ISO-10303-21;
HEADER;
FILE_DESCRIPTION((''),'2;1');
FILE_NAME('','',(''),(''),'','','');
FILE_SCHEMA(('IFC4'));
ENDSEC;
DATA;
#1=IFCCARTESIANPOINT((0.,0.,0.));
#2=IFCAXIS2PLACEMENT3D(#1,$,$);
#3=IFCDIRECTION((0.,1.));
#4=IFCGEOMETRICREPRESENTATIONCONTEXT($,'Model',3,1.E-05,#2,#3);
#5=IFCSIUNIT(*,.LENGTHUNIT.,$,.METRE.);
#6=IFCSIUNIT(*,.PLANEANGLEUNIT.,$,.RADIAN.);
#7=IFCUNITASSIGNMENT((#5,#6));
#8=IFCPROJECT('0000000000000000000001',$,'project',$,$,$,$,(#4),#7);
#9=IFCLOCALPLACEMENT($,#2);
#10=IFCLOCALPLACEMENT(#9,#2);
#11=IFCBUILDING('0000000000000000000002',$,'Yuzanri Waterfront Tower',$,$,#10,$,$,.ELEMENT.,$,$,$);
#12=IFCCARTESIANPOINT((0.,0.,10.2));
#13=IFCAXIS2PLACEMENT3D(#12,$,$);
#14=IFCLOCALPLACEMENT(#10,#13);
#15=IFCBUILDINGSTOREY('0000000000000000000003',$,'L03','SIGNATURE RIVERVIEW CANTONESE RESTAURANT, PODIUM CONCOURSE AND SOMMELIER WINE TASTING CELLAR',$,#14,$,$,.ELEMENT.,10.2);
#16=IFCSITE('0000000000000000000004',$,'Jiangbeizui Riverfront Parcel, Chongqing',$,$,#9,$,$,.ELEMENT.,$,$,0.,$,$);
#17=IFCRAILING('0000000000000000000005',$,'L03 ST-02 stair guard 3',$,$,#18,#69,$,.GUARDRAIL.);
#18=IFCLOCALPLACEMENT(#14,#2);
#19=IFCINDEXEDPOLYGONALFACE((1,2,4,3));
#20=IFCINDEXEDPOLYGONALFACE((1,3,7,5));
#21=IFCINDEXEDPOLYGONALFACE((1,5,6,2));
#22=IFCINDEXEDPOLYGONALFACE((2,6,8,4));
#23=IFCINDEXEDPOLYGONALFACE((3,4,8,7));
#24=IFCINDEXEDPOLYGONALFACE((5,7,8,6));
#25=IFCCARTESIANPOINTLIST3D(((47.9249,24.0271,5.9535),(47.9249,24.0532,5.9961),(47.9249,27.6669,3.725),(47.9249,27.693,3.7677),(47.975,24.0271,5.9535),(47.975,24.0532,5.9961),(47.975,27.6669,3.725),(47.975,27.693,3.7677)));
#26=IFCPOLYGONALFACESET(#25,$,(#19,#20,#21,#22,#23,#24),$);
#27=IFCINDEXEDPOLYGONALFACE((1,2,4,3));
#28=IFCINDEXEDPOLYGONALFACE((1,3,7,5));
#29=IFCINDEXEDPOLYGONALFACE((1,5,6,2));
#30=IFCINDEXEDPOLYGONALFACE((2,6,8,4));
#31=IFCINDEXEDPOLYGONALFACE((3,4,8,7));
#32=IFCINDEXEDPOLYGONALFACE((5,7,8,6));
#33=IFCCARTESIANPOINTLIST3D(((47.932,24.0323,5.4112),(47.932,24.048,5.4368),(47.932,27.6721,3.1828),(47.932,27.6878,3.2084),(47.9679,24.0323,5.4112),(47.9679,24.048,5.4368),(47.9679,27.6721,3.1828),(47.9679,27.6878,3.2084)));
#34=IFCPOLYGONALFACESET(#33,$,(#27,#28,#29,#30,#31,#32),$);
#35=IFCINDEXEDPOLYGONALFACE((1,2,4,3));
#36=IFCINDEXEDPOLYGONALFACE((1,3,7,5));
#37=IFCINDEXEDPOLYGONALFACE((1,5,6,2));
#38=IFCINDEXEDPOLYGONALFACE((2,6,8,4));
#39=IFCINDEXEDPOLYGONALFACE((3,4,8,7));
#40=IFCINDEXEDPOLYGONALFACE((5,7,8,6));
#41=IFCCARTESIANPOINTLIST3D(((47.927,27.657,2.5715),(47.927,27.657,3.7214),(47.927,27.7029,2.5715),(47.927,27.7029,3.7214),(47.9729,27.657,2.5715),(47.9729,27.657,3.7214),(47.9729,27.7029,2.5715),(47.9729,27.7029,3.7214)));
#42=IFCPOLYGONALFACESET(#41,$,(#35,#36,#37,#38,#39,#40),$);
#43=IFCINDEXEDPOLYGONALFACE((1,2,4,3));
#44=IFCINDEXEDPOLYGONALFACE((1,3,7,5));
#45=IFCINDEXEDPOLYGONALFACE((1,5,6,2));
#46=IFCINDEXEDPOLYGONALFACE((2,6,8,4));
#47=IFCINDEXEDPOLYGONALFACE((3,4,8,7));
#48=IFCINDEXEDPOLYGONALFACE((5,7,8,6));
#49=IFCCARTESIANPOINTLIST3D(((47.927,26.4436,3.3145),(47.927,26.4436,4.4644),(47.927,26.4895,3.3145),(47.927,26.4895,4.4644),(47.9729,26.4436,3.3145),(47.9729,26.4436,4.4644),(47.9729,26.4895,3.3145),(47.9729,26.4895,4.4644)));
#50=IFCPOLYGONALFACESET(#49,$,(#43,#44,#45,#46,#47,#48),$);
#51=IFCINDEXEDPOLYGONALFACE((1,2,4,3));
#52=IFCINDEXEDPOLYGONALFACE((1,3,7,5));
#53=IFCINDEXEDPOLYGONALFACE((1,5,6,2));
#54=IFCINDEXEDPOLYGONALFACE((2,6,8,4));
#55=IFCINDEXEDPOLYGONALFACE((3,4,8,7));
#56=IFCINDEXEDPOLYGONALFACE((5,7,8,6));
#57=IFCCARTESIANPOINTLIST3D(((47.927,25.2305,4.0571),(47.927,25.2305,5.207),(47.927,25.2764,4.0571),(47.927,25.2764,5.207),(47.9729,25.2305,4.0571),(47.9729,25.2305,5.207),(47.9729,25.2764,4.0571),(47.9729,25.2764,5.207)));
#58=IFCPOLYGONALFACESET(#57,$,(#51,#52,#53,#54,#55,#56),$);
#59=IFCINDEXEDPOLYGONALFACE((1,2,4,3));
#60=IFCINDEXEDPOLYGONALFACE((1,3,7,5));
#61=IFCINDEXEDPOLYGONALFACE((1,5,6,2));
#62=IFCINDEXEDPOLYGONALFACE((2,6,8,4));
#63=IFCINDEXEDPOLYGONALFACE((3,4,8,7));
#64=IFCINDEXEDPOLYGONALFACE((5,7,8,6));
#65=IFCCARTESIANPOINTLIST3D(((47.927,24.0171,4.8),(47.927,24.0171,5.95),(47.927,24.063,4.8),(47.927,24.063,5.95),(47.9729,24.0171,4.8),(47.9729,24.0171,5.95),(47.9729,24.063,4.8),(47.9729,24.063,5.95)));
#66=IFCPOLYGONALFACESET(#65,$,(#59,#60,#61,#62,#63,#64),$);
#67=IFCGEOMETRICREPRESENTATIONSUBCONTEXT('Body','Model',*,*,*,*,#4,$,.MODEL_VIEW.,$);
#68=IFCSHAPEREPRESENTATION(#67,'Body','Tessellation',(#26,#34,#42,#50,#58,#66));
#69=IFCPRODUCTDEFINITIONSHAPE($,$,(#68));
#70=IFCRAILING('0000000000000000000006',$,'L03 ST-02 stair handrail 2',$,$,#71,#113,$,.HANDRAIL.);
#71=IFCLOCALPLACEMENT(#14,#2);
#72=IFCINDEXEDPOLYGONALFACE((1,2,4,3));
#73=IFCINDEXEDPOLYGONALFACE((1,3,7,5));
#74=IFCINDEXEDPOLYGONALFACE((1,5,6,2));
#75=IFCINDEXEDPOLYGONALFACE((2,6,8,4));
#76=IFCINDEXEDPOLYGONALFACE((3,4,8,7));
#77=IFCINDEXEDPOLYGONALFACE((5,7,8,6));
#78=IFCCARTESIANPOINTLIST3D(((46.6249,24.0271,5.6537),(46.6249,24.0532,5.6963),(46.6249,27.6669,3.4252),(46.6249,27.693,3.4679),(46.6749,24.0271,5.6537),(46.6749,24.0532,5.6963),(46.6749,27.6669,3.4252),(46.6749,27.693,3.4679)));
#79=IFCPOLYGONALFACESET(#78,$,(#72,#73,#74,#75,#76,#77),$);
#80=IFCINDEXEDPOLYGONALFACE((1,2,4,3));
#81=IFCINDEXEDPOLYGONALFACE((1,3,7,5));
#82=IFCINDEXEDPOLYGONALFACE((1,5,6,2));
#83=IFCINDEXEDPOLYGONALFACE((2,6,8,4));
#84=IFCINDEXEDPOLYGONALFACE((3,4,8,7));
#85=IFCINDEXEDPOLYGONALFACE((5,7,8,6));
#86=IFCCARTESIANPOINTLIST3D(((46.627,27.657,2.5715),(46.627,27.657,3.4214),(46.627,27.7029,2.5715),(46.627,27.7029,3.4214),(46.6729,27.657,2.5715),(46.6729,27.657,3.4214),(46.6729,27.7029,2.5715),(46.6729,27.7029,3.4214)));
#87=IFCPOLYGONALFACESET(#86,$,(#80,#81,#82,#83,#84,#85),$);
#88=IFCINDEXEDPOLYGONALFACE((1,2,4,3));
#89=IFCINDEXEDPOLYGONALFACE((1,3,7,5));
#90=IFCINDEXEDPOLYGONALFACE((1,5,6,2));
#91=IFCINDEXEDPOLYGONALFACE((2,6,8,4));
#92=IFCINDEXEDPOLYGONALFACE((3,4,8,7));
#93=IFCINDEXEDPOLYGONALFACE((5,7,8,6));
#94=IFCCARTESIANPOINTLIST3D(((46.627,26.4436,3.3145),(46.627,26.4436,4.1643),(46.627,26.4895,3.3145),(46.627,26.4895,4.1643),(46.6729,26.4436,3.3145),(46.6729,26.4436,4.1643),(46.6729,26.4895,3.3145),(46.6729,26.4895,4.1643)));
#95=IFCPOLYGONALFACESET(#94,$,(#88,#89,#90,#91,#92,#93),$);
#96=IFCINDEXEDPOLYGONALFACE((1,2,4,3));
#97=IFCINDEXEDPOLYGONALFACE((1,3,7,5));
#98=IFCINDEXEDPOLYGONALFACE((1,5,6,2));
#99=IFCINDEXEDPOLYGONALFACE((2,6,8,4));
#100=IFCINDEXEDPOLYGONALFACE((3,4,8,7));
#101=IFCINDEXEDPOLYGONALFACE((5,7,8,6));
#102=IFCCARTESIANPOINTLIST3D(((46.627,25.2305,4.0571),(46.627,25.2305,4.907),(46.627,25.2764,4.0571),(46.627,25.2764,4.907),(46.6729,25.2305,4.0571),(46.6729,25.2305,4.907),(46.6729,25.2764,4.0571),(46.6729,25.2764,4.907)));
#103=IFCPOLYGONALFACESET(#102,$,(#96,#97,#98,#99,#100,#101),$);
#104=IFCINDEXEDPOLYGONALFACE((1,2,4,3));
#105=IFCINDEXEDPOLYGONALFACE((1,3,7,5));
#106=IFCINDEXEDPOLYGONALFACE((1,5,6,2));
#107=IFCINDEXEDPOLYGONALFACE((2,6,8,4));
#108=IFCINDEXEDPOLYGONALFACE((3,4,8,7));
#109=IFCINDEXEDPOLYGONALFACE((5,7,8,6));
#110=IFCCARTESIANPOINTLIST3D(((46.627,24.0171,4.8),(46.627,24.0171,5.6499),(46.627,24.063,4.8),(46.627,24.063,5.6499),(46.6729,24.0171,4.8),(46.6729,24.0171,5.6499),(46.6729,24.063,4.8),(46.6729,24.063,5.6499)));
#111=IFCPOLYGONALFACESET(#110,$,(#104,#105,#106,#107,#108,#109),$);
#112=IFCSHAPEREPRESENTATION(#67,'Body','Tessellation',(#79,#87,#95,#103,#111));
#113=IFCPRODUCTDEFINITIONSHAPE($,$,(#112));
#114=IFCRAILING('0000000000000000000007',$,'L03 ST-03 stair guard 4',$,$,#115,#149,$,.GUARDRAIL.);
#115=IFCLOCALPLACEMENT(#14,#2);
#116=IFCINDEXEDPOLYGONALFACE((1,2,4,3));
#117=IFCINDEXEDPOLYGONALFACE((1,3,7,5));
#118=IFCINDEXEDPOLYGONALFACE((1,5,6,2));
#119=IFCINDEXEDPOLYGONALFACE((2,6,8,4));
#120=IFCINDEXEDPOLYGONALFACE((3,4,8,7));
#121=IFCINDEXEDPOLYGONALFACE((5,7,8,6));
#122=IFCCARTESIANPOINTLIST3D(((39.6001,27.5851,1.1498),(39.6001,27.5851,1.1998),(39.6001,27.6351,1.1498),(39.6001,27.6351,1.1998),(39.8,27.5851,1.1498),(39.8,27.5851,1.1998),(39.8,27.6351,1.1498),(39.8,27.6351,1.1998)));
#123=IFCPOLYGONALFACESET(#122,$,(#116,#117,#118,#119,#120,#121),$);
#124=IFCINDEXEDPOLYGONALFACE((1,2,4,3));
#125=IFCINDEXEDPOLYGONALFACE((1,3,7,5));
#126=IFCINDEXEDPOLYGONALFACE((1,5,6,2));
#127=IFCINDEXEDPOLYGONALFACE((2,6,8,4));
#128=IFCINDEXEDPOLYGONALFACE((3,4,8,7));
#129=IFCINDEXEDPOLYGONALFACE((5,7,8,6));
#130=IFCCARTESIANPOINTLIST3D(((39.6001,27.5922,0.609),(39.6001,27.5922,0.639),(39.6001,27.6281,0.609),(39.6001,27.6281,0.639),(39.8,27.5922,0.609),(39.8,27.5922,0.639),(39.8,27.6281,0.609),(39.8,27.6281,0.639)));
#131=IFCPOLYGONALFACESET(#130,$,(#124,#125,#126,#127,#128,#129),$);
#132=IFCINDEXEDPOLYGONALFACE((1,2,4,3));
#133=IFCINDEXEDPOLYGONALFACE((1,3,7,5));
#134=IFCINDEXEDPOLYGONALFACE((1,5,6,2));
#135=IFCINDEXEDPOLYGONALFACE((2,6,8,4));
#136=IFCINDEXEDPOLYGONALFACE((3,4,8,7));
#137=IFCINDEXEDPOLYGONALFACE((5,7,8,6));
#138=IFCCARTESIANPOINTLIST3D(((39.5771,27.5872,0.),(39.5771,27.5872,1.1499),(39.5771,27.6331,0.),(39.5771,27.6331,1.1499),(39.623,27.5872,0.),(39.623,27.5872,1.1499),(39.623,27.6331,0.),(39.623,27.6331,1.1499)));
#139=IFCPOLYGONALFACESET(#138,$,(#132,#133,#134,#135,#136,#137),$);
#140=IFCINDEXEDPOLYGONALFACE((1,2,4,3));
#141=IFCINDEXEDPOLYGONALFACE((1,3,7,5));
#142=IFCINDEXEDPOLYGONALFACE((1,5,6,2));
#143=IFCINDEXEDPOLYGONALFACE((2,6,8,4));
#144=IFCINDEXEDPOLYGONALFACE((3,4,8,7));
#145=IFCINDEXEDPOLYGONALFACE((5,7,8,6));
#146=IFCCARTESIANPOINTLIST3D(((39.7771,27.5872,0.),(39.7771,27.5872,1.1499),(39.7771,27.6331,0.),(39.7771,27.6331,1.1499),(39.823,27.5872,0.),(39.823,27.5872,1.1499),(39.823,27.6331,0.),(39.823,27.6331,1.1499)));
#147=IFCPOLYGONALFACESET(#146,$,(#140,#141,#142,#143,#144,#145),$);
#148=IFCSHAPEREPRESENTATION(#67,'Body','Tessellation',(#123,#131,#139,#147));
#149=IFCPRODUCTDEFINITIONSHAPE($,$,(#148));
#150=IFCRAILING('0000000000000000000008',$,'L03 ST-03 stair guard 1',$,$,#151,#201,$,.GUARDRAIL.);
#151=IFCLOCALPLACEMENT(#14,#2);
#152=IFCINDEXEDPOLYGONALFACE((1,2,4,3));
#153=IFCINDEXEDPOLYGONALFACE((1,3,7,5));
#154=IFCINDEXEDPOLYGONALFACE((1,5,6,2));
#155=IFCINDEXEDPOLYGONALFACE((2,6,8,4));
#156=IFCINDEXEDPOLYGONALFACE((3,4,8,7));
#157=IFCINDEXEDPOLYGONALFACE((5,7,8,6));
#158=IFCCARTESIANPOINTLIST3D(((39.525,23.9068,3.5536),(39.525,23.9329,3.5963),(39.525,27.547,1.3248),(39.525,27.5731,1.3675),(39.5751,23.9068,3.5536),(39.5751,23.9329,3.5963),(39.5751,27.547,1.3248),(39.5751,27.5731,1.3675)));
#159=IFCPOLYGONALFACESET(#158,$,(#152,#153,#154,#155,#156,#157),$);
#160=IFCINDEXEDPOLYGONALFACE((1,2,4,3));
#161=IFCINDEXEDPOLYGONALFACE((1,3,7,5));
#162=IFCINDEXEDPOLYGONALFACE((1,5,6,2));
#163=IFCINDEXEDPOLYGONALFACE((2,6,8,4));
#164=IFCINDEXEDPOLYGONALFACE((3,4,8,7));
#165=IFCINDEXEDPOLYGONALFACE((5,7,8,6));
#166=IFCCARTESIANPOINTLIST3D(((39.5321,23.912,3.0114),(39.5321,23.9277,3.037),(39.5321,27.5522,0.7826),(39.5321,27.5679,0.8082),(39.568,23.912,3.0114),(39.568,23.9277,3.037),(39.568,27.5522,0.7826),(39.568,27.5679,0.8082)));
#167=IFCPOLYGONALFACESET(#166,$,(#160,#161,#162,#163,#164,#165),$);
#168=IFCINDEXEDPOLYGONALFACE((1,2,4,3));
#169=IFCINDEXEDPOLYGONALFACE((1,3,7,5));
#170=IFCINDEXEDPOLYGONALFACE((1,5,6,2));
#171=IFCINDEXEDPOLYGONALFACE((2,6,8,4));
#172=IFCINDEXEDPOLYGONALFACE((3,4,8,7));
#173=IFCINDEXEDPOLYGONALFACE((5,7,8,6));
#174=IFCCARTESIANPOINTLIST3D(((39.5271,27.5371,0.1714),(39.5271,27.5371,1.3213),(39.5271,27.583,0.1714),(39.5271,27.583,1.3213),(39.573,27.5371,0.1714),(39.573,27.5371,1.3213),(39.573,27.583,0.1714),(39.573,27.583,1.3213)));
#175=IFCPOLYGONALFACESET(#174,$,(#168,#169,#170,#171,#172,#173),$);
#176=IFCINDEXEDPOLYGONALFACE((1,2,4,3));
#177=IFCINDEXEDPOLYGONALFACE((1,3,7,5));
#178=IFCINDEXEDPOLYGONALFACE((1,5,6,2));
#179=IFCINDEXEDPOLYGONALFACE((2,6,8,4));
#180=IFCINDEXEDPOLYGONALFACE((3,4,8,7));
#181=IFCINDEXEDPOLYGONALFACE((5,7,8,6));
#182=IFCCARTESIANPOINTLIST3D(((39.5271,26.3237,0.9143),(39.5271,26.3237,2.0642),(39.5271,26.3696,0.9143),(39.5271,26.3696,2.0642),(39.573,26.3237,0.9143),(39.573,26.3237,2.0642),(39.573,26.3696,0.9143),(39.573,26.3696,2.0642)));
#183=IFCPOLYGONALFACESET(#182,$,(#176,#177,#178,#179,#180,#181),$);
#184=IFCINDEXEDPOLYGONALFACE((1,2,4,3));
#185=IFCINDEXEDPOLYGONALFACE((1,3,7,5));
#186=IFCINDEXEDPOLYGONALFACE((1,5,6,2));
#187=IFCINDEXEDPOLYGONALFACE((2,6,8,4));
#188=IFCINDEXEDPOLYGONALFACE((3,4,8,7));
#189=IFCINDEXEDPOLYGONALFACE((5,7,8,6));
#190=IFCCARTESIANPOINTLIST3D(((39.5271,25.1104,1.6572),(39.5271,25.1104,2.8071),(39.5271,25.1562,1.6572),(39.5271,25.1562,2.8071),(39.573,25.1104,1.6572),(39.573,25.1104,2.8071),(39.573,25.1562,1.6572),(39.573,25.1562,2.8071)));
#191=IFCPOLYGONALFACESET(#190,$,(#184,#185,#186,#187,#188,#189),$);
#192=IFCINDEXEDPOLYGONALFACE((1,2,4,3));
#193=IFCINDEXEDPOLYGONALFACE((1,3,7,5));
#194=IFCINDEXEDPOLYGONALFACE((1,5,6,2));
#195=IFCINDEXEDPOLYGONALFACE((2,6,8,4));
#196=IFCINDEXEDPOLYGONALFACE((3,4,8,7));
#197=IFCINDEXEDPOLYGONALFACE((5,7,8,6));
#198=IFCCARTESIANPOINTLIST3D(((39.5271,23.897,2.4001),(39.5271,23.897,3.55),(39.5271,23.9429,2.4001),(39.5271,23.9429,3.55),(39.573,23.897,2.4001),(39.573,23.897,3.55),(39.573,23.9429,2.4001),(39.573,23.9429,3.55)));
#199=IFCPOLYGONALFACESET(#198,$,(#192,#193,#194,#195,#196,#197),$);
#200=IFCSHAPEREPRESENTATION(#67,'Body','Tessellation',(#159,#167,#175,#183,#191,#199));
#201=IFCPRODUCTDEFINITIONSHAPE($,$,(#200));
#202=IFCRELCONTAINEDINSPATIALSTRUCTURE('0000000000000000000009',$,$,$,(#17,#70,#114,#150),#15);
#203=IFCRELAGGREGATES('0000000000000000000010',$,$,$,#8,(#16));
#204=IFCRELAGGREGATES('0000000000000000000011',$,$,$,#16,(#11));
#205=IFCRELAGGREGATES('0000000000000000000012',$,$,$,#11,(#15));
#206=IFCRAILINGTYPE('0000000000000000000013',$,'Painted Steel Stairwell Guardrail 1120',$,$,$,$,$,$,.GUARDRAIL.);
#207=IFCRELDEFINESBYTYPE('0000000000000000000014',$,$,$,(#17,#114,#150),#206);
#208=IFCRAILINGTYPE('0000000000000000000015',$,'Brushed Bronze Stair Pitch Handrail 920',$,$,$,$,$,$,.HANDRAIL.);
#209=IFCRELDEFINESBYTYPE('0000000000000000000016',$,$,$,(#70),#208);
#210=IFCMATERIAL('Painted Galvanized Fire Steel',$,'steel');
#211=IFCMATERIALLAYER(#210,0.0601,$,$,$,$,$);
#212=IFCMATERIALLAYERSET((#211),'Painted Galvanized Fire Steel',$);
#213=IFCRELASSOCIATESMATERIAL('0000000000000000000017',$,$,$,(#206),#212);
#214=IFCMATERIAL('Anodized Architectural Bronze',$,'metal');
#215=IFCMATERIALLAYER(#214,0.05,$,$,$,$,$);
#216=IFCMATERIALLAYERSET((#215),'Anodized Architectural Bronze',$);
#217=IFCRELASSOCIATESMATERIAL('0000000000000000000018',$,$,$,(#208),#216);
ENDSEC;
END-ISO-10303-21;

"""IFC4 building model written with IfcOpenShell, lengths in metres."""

from ifc_helpers import new_model, si_unit, direction, frame, origin, origin_2d, place, context, subcontext, project, spatial, rectangle, extrude, source, transform, mapped, material, layer, layer_set, type_object, element, save


model = new_model("IFC4")

# Units and contexts
model_context = context("Model", 3, precision=1e-05, world=origin(), true_north=direction((0.0, 1.0)))
body_context = subcontext(model_context, "Body", "Model", "MODEL_VIEW")
ifc_project = project(units=[si_unit("LENGTHUNIT", "METRE"), si_unit("PLANEANGLEUNIT", "RADIAN")], contexts=[model_context])

# Site, building, storey
site_placement = place(None, origin())
site = spatial("IfcSite", under=ifc_project, at=site_placement, Name="Jiangbeizui Riverfront Parcel, Chongqing", CompositionType="ELEMENT", RefElevation=0.0)
building_placement = place(site_placement, origin())
building = spatial("IfcBuilding", under=site, at=building_placement, Name="Yuzanri Waterfront Tower", CompositionType="ELEMENT")
storey_placement = place(building_placement, frame((0.0, 0.0, 10.2)))
storey = spatial("IfcBuildingStorey", under=building, at=storey_placement, Name="L03", Description="SIGNATURE RIVERVIEW CANTONESE RESTAURANT, PODIUM CONCOURSE AND SOMMELIER WINE TASTING CELLAR", CompositionType="ELEMENT", Elevation=10.2)

# Railings
ifc_material_1 = material(Name="Painted Galvanized Fire Steel", Category="steel")
ifc_layer_1 = layer(ifc_material_1, 0.0601)
ifc_layer_set_1 = layer_set([ifc_layer_1], Name="Painted Galvanized Fire Steel")
railing_type_1 = type_object("IfcRailingType", Name="Painted Steel Stairwell Guardrail 1120", PredefinedType="GUARDRAIL", material=ifc_layer_set_1)
shared_shape_1 = source(origin(), body_context, "Body", "SweptSolid", [
    extrude(rectangle(XDim=0.05, YDim=0.05, at=origin_2d()), frame((0.0, 0.0, 1.1748), z_axis=(0.0, -0.85285, 0.522156), x_axis=(1.0, 0.0, 0.0)), (0.0, 0.0, 1.0), 4.2678),
    extrude(rectangle(XDim=0.0359, YDim=0.03, at=origin_2d()), frame((0.0, 0.0, 0.624), z_axis=(0.0, -0.85285, 0.522156), x_axis=(1.0, 0.0, 0.0)), (0.0, 0.0, 1.0), 4.2678),
    extrude(rectangle(XDim=0.0459, YDim=0.0459, at=origin_2d()), origin(), (0.0, 0.0, 1.0), 1.1499),
    extrude(rectangle(XDim=0.0459, YDim=0.0459, at=origin_2d()), frame((0.0, -1.2134, 0.7429)), (0.0, 0.0, 1.0), 1.1499),
    extrude(rectangle(XDim=0.0459, YDim=0.0459, at=origin_2d()), frame((0.0, -2.4265, 1.4856)), (0.0, 0.0, 1.0), 1.1499),
    extrude(rectangle(XDim=0.0459, YDim=0.0459, at=origin_2d()), frame((0.0, -3.6399, 2.2285)), (0.0, 0.0, 1.0), 1.1499),
])
railing_1_placement = place(storey_placement, frame((47.95, 27.6799, 2.5715)))
element("IfcRailing", 1, at=railing_1_placement, inside=storey, type_object=railing_type_1, Name="L03 ST-02 stair guard 3", PredefinedType="GUARDRAIL", context=body_context, shape_type="MappedRepresentation", body=[
    mapped(shared_shape_1, transform((0.0, 0.0, 0.0), scale=1.0)),
])
ifc_material_2 = material(Name="Anodized Architectural Bronze", Category="metal")
ifc_layer_2 = layer(ifc_material_2, 0.05)
ifc_layer_set_2 = layer_set([ifc_layer_2], Name="Anodized Architectural Bronze")
railing_type_2 = type_object("IfcRailingType", Name="Brushed Bronze Stair Pitch Handrail 920", PredefinedType="HANDRAIL", material=ifc_layer_set_2)
shared_shape_2 = source(origin(), body_context, "Body", "SweptSolid", [
    extrude(rectangle(XDim=0.05, YDim=0.05, at=origin_2d()), frame((0.0, 0.0, 0.875), z_axis=(0.0, -0.85285, 0.522156), x_axis=(1.0, 0.0, 0.0)), (0.0, 0.0, 1.0), 4.2678),
    extrude(rectangle(XDim=0.0459, YDim=0.0459, at=origin_2d()), origin(), (0.0, 0.0, 1.0), 0.8499),
    extrude(rectangle(XDim=0.0459, YDim=0.0459, at=origin_2d()), frame((0.0, -1.2134, 0.7429)), (0.0, 0.0, 1.0), 0.8499),
    extrude(rectangle(XDim=0.0459, YDim=0.0459, at=origin_2d()), frame((0.0, -2.4265, 1.4856)), (0.0, 0.0, 1.0), 0.8499),
    extrude(rectangle(XDim=0.0459, YDim=0.0459, at=origin_2d()), frame((0.0, -3.6399, 2.2285)), (0.0, 0.0, 1.0), 0.8499),
])
railing_2_placement = place(storey_placement, frame((46.6499, 27.6799, 2.5715)))
element("IfcRailing", 2, at=railing_2_placement, inside=storey, type_object=railing_type_2, Name="L03 ST-02 stair handrail 2", PredefinedType="HANDRAIL", context=body_context, shape_type="MappedRepresentation", body=[
    mapped(shared_shape_2, transform((0.0, 0.0, 0.0), scale=1.0)),
])
shared_shape_3 = source(origin(), body_context, "Body", "SweptSolid", [
    extrude(rectangle(XDim=0.05, YDim=0.05, at=origin_2d()), frame((0.0, 0.0, 1.1748), z_axis=(1.0, 0.0, 0.0), x_axis=(0.0, 1.0, 0.0)), (0.0, 0.0, 1.0), 0.2),
    extrude(rectangle(XDim=0.0359, YDim=0.03, at=origin_2d()), frame((0.0, 0.0, 0.624), z_axis=(1.0, 0.0, 0.0), x_axis=(0.0, 1.0, 0.0)), (0.0, 0.0, 1.0), 0.2),
    extrude(rectangle(XDim=0.0459, YDim=0.0459, at=origin_2d()), origin(), (0.0, 0.0, 1.0), 1.1499),
    extrude(rectangle(XDim=0.0459, YDim=0.0459, at=origin_2d()), frame((0.2, 0.0, 0.0)), (0.0, 0.0, 1.0), 1.1499),
])
railing_3_placement = place(storey_placement, frame((39.6001, 27.6101, 0.0)))
element("IfcRailing", 3, at=railing_3_placement, inside=storey, type_object=railing_type_1, Name="L03 ST-03 stair guard 4", PredefinedType="GUARDRAIL", context=body_context, shape_type="MappedRepresentation", body=[
    mapped(shared_shape_3, transform((0.0, 0.0, 0.0), scale=1.0)),
])
shared_shape_4 = source(origin(), body_context, "Body", "SweptSolid", [
    extrude(rectangle(XDim=0.05, YDim=0.05, at=origin_2d()), frame((0.0, 0.0, 1.1748), z_axis=(0.0, -0.85284, 0.522172), x_axis=(1.0, 0.0, 0.0)), (0.0, 0.0, 1.0), 4.2683),
    extrude(rectangle(XDim=0.0359, YDim=0.03, at=origin_2d()), frame((0.0, 0.0, 0.624), z_axis=(0.0, -0.85284, 0.522172), x_axis=(1.0, 0.0, 0.0)), (0.0, 0.0, 1.0), 4.2683),
    extrude(rectangle(XDim=0.0459, YDim=0.0459, at=origin_2d()), origin(), (0.0, 0.0, 1.0), 1.1499),
    extrude(rectangle(XDim=0.0459, YDim=0.0459, at=origin_2d()), frame((0.0, -1.2134, 0.7429)), (0.0, 0.0, 1.0), 1.1499),
    extrude(rectangle(XDim=0.0459, YDim=0.0459, at=origin_2d()), frame((0.0, -2.4268, 1.4858)), (0.0, 0.0, 1.0), 1.1499),
    extrude(rectangle(XDim=0.0459, YDim=0.0459, at=origin_2d()), frame((0.0, -3.6401, 2.2288)), (0.0, 0.0, 1.0), 1.1499),
])
railing_4_placement = place(storey_placement, frame((39.55, 27.5601, 0.1714)))
element("IfcRailing", 4, at=railing_4_placement, inside=storey, type_object=railing_type_1, Name="L03 ST-03 stair guard 1", PredefinedType="GUARDRAIL", context=body_context, shape_type="MappedRepresentation", body=[
    mapped(shared_shape_4, transform((0.0, 0.0, 0.0), scale=1.0)),
])

save(model, "model.ifc")
